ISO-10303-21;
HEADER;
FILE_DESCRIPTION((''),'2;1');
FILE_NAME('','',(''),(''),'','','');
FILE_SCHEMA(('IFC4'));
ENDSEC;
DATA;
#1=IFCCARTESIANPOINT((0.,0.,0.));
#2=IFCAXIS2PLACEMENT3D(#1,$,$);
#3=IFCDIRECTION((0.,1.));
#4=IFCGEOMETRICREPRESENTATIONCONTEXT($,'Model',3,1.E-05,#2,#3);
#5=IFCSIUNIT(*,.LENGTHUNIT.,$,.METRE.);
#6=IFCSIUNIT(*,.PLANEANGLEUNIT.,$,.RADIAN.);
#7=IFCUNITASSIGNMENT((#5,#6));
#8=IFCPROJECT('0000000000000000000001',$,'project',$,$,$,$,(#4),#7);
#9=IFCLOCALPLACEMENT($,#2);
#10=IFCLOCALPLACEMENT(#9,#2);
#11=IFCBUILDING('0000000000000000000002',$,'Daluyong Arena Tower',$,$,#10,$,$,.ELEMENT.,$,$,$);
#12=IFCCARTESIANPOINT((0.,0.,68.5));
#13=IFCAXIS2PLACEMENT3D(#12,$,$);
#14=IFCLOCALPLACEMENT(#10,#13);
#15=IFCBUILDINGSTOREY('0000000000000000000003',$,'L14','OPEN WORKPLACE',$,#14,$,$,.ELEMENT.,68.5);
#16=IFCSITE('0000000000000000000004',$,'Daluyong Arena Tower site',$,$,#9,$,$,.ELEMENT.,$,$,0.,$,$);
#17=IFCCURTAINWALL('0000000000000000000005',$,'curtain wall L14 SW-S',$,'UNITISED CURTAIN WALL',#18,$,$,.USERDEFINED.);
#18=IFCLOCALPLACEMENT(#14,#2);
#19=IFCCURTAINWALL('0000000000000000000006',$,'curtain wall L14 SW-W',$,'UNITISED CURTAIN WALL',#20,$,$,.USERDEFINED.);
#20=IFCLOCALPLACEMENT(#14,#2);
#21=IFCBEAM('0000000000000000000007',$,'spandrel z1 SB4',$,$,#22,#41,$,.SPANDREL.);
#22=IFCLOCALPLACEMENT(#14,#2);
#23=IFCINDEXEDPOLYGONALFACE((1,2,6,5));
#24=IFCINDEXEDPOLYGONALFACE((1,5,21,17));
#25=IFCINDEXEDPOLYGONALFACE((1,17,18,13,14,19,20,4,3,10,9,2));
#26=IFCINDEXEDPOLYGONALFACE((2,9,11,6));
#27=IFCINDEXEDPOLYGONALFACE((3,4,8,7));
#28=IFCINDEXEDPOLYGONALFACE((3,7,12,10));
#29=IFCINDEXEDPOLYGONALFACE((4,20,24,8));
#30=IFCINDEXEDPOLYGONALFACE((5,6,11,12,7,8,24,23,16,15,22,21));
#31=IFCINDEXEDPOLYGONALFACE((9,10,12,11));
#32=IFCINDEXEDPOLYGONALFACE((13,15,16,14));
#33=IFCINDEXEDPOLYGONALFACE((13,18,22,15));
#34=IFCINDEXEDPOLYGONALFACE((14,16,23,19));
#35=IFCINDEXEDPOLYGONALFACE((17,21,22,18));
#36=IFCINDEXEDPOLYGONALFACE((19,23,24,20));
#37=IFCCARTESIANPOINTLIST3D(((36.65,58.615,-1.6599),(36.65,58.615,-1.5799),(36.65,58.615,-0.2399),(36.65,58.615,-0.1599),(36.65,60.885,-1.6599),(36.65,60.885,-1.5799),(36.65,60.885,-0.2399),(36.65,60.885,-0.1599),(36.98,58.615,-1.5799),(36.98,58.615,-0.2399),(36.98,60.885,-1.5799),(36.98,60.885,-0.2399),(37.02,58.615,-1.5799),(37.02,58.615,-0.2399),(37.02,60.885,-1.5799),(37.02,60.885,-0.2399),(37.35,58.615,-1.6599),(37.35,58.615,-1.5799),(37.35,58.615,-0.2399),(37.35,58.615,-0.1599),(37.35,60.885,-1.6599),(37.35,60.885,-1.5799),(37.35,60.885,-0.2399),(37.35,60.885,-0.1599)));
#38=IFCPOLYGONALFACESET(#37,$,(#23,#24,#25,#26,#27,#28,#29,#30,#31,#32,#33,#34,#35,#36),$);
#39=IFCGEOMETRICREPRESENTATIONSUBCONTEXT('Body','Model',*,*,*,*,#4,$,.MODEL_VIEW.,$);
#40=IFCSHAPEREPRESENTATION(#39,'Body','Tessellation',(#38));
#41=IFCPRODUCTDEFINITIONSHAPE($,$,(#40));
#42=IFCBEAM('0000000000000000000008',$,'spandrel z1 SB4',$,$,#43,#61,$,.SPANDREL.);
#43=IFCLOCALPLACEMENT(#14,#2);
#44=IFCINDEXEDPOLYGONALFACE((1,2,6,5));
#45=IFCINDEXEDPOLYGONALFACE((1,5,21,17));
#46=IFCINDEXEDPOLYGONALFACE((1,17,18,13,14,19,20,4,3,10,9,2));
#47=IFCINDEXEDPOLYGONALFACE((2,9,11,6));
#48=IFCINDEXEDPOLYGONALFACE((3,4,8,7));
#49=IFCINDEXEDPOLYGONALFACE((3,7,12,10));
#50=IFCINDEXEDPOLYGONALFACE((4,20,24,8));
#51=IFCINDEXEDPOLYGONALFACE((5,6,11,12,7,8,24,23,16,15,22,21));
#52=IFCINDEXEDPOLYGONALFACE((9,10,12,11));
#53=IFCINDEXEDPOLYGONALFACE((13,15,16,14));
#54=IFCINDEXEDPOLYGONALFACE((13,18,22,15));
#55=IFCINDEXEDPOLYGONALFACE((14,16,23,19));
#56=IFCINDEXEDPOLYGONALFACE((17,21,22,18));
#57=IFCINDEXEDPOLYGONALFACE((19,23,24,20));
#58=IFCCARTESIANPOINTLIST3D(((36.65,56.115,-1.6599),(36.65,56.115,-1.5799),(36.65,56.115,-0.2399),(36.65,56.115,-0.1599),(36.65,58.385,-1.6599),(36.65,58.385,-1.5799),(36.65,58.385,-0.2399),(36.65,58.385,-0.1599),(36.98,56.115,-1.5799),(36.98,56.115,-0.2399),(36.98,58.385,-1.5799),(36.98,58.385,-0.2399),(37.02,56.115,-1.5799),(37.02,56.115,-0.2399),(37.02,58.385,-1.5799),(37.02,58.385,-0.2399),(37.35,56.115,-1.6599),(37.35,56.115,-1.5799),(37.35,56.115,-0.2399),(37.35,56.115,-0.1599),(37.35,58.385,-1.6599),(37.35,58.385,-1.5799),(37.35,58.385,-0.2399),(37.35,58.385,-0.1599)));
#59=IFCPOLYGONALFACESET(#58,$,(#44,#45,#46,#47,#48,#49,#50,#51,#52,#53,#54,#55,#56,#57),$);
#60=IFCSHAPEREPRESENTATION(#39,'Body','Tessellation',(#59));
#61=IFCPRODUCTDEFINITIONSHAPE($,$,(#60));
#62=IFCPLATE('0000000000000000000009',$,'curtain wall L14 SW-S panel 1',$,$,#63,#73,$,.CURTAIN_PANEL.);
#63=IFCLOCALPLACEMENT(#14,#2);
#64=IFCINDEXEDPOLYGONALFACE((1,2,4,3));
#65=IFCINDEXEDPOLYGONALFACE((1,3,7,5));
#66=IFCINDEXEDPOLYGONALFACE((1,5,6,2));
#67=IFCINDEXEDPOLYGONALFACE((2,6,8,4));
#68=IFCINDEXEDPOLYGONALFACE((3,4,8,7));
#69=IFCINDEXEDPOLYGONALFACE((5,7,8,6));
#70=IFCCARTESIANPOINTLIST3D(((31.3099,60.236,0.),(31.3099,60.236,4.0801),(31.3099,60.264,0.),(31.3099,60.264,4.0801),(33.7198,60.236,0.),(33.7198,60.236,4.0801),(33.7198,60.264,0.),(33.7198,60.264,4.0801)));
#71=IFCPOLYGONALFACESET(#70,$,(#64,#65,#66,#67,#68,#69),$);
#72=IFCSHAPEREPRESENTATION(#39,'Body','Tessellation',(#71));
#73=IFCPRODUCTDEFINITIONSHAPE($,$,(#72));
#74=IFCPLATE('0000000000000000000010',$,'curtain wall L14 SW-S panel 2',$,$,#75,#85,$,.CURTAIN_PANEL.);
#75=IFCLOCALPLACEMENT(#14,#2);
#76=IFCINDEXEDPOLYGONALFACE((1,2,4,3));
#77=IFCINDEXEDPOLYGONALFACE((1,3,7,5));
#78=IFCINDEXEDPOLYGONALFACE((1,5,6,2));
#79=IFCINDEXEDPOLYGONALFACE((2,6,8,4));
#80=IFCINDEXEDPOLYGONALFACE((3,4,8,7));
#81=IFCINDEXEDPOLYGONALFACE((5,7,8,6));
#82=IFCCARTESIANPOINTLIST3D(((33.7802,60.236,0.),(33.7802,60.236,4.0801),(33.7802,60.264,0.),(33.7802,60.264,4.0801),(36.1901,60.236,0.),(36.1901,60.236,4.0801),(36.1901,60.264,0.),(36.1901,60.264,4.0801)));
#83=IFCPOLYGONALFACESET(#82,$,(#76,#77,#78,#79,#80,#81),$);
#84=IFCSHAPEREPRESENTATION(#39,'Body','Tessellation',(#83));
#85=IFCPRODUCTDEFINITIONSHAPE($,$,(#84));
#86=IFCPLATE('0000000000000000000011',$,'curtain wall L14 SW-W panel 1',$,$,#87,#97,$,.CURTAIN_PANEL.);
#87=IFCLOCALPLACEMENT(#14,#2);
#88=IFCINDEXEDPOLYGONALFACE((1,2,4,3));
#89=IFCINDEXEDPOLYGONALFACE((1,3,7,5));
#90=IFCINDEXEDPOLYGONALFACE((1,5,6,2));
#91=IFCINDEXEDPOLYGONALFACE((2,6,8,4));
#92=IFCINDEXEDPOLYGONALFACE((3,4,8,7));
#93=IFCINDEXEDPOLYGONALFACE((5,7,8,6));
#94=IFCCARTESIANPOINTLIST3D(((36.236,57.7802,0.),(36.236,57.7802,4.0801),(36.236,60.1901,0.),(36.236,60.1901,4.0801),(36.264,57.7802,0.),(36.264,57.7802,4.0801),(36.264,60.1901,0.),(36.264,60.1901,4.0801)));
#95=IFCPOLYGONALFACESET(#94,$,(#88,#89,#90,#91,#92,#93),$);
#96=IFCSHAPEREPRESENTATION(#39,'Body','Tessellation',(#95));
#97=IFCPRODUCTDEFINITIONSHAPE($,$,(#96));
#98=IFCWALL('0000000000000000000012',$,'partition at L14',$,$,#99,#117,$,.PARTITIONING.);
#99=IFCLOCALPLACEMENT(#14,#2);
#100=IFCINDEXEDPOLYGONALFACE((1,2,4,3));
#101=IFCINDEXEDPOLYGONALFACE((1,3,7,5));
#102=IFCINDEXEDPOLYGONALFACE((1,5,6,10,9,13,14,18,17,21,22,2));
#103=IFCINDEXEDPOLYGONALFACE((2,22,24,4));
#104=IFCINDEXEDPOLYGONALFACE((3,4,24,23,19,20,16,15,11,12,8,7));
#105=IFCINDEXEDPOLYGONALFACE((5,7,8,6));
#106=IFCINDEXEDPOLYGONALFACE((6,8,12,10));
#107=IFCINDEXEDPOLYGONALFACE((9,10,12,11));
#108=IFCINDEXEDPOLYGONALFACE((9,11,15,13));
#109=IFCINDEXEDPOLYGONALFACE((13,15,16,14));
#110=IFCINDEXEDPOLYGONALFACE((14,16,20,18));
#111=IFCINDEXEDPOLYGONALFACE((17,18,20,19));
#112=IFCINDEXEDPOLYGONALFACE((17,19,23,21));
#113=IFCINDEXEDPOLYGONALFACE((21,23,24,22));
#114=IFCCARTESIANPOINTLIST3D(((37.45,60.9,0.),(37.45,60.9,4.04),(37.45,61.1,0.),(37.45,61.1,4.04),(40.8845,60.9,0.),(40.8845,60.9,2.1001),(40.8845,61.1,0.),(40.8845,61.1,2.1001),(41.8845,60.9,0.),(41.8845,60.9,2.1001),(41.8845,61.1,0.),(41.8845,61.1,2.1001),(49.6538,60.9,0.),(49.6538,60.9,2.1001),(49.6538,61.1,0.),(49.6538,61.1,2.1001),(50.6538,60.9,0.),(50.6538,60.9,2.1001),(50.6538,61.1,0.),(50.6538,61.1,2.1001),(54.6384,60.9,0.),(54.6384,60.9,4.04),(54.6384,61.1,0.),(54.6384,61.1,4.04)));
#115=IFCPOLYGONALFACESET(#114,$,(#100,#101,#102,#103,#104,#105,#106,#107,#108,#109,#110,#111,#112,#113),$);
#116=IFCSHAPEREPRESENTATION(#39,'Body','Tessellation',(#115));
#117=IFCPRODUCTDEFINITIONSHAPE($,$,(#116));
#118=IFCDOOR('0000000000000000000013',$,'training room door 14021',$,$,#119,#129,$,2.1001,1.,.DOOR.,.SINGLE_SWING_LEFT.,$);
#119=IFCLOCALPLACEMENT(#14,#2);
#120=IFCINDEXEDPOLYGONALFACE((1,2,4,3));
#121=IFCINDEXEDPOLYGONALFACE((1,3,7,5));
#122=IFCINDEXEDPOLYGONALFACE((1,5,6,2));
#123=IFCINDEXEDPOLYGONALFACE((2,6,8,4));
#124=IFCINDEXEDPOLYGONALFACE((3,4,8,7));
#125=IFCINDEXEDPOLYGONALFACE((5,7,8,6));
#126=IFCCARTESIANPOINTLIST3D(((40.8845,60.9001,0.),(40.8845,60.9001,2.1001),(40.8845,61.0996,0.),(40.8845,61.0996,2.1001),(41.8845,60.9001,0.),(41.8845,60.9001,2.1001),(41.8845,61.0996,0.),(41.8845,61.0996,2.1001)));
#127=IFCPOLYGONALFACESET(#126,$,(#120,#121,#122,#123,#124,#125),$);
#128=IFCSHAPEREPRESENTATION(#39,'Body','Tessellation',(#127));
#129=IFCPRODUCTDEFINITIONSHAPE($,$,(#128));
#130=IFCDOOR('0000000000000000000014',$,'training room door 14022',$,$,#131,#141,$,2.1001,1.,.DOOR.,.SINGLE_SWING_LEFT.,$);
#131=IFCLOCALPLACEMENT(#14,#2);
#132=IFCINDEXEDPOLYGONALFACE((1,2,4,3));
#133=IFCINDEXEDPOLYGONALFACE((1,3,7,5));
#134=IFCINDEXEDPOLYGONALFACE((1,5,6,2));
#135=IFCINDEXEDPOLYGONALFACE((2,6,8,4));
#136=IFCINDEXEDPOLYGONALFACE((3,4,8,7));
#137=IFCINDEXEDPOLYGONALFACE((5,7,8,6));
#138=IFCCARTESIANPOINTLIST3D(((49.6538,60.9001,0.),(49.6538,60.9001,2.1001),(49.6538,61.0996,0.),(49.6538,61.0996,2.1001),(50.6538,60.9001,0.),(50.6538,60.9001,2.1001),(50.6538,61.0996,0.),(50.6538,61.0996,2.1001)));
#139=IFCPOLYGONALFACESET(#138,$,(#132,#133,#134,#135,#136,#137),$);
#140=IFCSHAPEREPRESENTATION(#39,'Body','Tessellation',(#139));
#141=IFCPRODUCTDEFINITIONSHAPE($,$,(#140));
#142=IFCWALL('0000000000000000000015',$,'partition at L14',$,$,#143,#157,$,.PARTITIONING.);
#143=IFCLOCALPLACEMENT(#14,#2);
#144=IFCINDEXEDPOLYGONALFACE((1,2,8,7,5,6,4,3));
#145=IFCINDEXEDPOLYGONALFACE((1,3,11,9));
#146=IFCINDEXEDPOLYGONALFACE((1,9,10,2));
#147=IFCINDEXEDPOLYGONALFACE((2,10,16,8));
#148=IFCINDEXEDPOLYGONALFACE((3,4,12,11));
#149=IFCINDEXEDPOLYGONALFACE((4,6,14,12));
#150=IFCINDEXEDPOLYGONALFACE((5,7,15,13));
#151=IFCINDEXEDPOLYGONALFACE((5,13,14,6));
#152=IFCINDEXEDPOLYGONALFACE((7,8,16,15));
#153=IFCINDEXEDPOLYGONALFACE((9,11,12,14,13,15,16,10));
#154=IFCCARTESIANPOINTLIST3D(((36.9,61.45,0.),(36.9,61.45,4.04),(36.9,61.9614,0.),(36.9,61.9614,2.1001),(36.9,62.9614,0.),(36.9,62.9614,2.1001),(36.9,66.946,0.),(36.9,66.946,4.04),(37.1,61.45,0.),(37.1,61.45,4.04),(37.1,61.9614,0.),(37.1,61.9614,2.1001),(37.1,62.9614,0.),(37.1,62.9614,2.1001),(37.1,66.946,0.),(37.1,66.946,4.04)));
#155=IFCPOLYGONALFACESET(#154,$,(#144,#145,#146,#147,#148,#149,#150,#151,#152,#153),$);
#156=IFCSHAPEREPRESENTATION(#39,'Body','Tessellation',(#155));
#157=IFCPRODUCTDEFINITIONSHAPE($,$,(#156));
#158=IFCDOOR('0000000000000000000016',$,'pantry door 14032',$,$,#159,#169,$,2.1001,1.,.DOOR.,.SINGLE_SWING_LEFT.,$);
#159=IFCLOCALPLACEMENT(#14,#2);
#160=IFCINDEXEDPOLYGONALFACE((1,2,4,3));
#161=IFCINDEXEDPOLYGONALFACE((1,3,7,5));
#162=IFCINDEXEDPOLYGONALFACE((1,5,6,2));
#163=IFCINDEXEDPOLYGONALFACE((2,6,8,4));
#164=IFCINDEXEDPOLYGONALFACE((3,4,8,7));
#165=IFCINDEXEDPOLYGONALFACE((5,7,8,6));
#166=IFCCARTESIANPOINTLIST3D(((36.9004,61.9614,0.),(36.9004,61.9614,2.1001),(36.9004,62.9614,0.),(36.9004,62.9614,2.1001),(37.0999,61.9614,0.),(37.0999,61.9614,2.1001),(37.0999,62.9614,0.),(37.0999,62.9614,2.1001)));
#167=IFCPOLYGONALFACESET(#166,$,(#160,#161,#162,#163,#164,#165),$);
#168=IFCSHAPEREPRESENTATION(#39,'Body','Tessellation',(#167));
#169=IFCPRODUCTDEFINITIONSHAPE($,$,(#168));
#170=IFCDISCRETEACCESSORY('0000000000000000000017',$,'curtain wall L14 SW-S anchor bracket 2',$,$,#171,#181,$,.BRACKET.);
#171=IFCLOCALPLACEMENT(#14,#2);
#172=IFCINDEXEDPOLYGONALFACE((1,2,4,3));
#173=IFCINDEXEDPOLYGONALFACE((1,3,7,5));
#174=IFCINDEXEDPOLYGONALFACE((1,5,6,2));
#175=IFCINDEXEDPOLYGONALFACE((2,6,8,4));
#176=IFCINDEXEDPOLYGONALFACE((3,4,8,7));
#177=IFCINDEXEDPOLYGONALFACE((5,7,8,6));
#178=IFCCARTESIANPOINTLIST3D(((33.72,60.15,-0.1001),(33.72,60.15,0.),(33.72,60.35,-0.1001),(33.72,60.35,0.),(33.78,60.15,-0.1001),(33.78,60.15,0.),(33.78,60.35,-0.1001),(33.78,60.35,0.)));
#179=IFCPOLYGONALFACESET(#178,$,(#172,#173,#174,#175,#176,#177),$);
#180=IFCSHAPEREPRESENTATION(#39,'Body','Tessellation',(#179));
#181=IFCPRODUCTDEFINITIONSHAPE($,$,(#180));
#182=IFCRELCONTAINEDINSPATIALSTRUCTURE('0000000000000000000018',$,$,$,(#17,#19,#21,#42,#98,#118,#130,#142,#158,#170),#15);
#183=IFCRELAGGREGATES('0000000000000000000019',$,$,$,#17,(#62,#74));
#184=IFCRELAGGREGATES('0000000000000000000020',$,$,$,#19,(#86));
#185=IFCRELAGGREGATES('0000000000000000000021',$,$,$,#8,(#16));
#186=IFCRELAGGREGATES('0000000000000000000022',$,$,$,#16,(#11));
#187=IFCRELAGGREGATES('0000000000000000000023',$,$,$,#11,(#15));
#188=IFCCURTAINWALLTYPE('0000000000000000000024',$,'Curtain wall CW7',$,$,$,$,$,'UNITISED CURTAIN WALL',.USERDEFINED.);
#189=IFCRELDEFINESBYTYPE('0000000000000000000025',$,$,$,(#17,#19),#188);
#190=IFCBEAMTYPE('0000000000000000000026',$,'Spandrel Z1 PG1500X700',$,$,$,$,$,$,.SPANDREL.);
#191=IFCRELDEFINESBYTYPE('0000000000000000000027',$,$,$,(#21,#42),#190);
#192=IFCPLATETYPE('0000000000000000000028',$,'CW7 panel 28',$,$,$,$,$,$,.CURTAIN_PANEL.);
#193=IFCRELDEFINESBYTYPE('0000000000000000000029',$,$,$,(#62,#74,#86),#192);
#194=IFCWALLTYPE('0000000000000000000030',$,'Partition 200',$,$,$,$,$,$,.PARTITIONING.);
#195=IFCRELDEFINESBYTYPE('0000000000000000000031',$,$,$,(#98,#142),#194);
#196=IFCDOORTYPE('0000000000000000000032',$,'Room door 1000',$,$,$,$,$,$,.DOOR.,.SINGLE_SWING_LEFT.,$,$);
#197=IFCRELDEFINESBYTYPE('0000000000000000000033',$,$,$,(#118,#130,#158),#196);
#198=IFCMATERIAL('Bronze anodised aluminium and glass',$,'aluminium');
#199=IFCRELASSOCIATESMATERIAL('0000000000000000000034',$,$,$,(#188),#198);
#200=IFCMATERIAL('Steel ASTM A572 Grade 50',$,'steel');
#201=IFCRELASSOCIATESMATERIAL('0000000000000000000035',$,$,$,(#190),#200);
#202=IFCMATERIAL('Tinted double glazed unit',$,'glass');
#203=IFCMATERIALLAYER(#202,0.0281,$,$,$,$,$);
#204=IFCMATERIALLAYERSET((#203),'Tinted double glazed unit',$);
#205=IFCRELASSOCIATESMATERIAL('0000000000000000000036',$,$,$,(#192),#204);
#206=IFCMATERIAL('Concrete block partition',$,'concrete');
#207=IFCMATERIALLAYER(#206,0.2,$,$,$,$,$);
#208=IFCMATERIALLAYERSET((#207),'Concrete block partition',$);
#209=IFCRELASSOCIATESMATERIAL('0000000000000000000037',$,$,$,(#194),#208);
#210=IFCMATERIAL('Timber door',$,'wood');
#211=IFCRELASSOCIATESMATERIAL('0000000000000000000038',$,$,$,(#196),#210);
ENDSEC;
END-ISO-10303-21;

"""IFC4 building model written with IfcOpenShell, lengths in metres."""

from ifc_helpers import new_model, si_unit, direction, frame, frame_2d, origin, origin_2d, place, context, subcontext, project, spatial, rectangle, i_section, extrude, material, layer, layer_set, material_profile, profile_set, type_object, element, fill, aggregate, save


model = new_model("IFC4")

# Units and contexts
model_context = context("Model", 3, precision=1e-05, world=origin(), true_north=direction((0.0, 1.0)))
body_context = subcontext(model_context, "Body", "Model", "MODEL_VIEW")
ifc_project = project(units=[si_unit("LENGTHUNIT", "METRE"), si_unit("PLANEANGLEUNIT", "RADIAN")], contexts=[model_context])

# Site, building, storey
site_placement = place(None, origin())
site = spatial("IfcSite", under=ifc_project, at=site_placement, Name="Daluyong Arena Tower site", CompositionType="ELEMENT", RefElevation=0.0)
building_placement = place(site_placement, origin())
building = spatial("IfcBuilding", under=site, at=building_placement, Name="Daluyong Arena Tower", CompositionType="ELEMENT")
storey_placement = place(building_placement, frame((0.0, 0.0, 68.5)))
storey = spatial("IfcBuildingStorey", under=building, at=storey_placement, Name="L14", Description="OPEN WORKPLACE", CompositionType="ELEMENT", Elevation=68.5)

# Curtain wall
ifc_material_1 = material(Name="Bronze anodised aluminium and glass", Category="aluminium")
curtain_wall_type = type_object("IfcCurtainWallType", Name="Curtain wall CW7", ElementType="UNITISED CURTAIN WALL", PredefinedType="USERDEFINED", material=ifc_material_1)
curtain_wall_1_placement = place(storey_placement, origin())
curtain_wall_1 = element("IfcCurtainWall", 1, at=curtain_wall_1_placement, inside=storey, type_object=curtain_wall_type, Name="curtain wall L14 SW-S", ObjectType="UNITISED CURTAIN WALL", PredefinedType="USERDEFINED")

# Curtain wall
curtain_wall_2_placement = place(storey_placement, origin())
curtain_wall_2 = element("IfcCurtainWall", 2, at=curtain_wall_2_placement, inside=storey, type_object=curtain_wall_type, Name="curtain wall L14 SW-W", ObjectType="UNITISED CURTAIN WALL", PredefinedType="USERDEFINED")

# Beams
ifc_material_2 = material(Name="Steel ASTM A572 Grade 50", Category="steel")
ifc_material_profile_1 = material_profile(ifc_material_2, i_section(OverallWidth=0.7, OverallDepth=1.5, WebThickness=0.04, FlangeThickness=0.08, at=origin_2d()))
ifc_profile_set_1 = profile_set([ifc_material_profile_1], Name="Steel ASTM A572 Grade 50")
beam_type_1 = type_object("IfcBeamType", Name="Spandrel Z1 PG1500X700", PredefinedType="SPANDREL", material=ifc_profile_set_1)
for number, where, z_axis, x_axis, name in (
    (3, (37.0, 60.885, -0.9099), (0.0, -1.0, 0.0), (1.0, 0.0, 0.0), "spandrel z1 SB4"),
    (4, (37.0, 58.385, -0.9099), (0.0, -1.0, 0.0), (1.0, 0.0, 0.0), "spandrel z1 SB4"),
):
    element("IfcBeam", number, at=place(storey_placement, frame(where, z_axis=z_axis, x_axis=x_axis)), inside=storey, type_object=beam_type_1, Name=name, PredefinedType="SPANDREL", context=body_context, shape_type="SweptSolid", body=[
        extrude(i_section(OverallWidth=0.7, OverallDepth=1.5, WebThickness=0.04, FlangeThickness=0.08, at=origin_2d()), origin(), (0.0, 0.0, 1.0), 2.27),
    ])

# Plates
ifc_material_3 = material(Name="Tinted double glazed unit", Category="glass")
ifc_layer_1 = layer(ifc_material_3, 0.0281)
ifc_layer_set_1 = layer_set([ifc_layer_1], Name="Tinted double glazed unit")
plate_type = type_object("IfcPlateType", Name="CW7 panel 28", PredefinedType="CURTAIN_PANEL", material=ifc_layer_set_1)
plate_1_placement = place(storey_placement, frame((32.5149, 60.25, 0.0), z_axis=(0.0, 0.0, 1.0), x_axis=(1.0, 0.0, 0.0)))
plate_1 = element("IfcPlate", 5, at=plate_1_placement, type_object=plate_type, Name="curtain wall L14 SW-S panel 1", PredefinedType="CURTAIN_PANEL", context=body_context, shape_type="SweptSolid", body=[
    extrude(rectangle(XDim=2.4099, YDim=0.0281, at=origin_2d()), origin(), (0.0, 0.0, 1.0), 4.0801),
])
plate_2_placement = place(storey_placement, frame((34.9851, 60.25, 0.0), z_axis=(0.0, 0.0, 1.0), x_axis=(1.0, 0.0, 0.0)))
plate_2 = element("IfcPlate", 6, at=plate_2_placement, type_object=plate_type, Name="curtain wall L14 SW-S panel 2", PredefinedType="CURTAIN_PANEL", context=body_context, shape_type="SweptSolid", body=[
    extrude(rectangle(XDim=2.4099, YDim=0.0281, at=origin_2d()), origin(), (0.0, 0.0, 1.0), 4.0801),
])
aggregate(curtain_wall_1, [plate_1, plate_2])
plate_3_placement = place(storey_placement, frame((36.25, 58.9851, 0.0), z_axis=(0.0, 0.0, 1.0), x_axis=(0.0, -1.0, 0.0)))
plate_3 = element("IfcPlate", 7, at=plate_3_placement, type_object=plate_type, Name="curtain wall L14 SW-W panel 1", PredefinedType="CURTAIN_PANEL", context=body_context, shape_type="SweptSolid", body=[
    extrude(rectangle(XDim=2.4099, YDim=0.0281, at=origin_2d()), origin(), (0.0, 0.0, 1.0), 4.0801),
])
aggregate(curtain_wall_2, [plate_3])

# Wall, openings, doors
ifc_material_4 = material(Name="Concrete block partition", Category="concrete")
ifc_layer_2 = layer(ifc_material_4, 0.2)
ifc_layer_set_2 = layer_set([ifc_layer_2], Name="Concrete block partition")
wall_type = type_object("IfcWallType", Name="Partition 200", PredefinedType="PARTITIONING", material=ifc_layer_set_2)
wall_1_placement = place(storey_placement, frame((37.45, 61.0, 0.0), z_axis=(0.0, 0.0, 1.0), x_axis=(1.0, 0.0, 0.0)))
wall_1 = element("IfcWall", 8, at=wall_1_placement, inside=storey, type_object=wall_type, Name="partition at L14", PredefinedType="PARTITIONING", context=body_context, shape_type="SweptSolid", body=[
    extrude(rectangle(XDim=17.1885, YDim=0.2, at=frame_2d((8.5942, 0.0))), origin(), (0.0, 0.0, 1.0), 4.04),
])
opening_1_placement = place(wall_1_placement, frame((3.4346, 0.0, 0.0)))
opening_1 = element("IfcOpeningElement", 9, at=opening_1_placement, cuts=wall_1, PredefinedType="OPENING", context=body_context, shape_type="SweptSolid", body=[
    extrude(rectangle(XDim=1.0, YDim=2.1001, at=frame_2d((0.5, 1.05))), frame((0.0, 0.1099, 0.0), z_axis=(0.0, -1.0, 0.0), x_axis=(1.0, 0.0, 0.0)), (0.0, 0.0, 1.0), 0.22),
])
opening_2_placement = place(wall_1_placement, frame((12.2039, 0.0, 0.0)))
opening_2 = element("IfcOpeningElement", 10, at=opening_2_placement, cuts=wall_1, PredefinedType="OPENING", context=body_context, shape_type="SweptSolid", body=[
    extrude(rectangle(XDim=1.0, YDim=2.1001, at=frame_2d((0.5, 1.05))), frame((0.0, 0.1099, 0.0), z_axis=(0.0, -1.0, 0.0), x_axis=(1.0, 0.0, 0.0)), (0.0, 0.0, 1.0), 0.22),
])
ifc_material_5 = material(Name="Timber door", Category="wood")
door_type = type_object("IfcDoorType", Name="Room door 1000", OperationType="SINGLE_SWING_LEFT", PredefinedType="DOOR", material=ifc_material_5)
door_1_placement = place(opening_1_placement, origin())
door_1 = element("IfcDoor", 11, at=door_1_placement, inside=storey, type_object=door_type, Name="training room door 14021", OperationType="SINGLE_SWING_LEFT", OverallHeight=2.1001, OverallWidth=1.0, PredefinedType="DOOR", context=body_context, shape_type="SweptSolid", body=[
    extrude(rectangle(XDim=1.0, YDim=2.1001, at=frame_2d((0.5, 1.05))), frame((0.0, 0.0996, 0.0), z_axis=(0.0, -1.0, 0.0), x_axis=(1.0, 0.0, 0.0)), (0.0, 0.0, 1.0), 0.1995),
])
fill(opening_1, door_1)
door_2_placement = place(opening_2_placement, origin())
door_2 = element("IfcDoor", 12, at=door_2_placement, inside=storey, type_object=door_type, Name="training room door 14022", OperationType="SINGLE_SWING_LEFT", OverallHeight=2.1001, OverallWidth=1.0, PredefinedType="DOOR", context=body_context, shape_type="SweptSolid", body=[
    extrude(rectangle(XDim=1.0, YDim=2.1001, at=frame_2d((0.5, 1.05))), frame((0.0, 0.0996, 0.0), z_axis=(0.0, -1.0, 0.0), x_axis=(1.0, 0.0, 0.0)), (0.0, 0.0, 1.0), 0.1995),
])
fill(opening_2, door_2)

# Wall, opening, door
wall_2_placement = place(storey_placement, frame((37.0, 61.45, 0.0), z_axis=(0.0, 0.0, 1.0), x_axis=(0.0, 1.0, 0.0)))
wall_2 = element("IfcWall", 13, at=wall_2_placement, inside=storey, type_object=wall_type, Name="partition at L14", PredefinedType="PARTITIONING", context=body_context, shape_type="SweptSolid", body=[
    extrude(rectangle(XDim=5.4961, YDim=0.2, at=frame_2d((2.748, 0.0))), origin(), (0.0, 0.0, 1.0), 4.04),
])
opening_3_placement = place(wall_2_placement, frame((0.5115, 0.0, 0.0)))
opening_3 = element("IfcOpeningElement", 14, at=opening_3_placement, cuts=wall_2, PredefinedType="OPENING", context=body_context, shape_type="SweptSolid", body=[
    extrude(rectangle(XDim=1.0, YDim=2.1001, at=frame_2d((0.5, 1.05))), frame((0.0, 0.1099, 0.0), z_axis=(0.0, -1.0, 0.0), x_axis=(1.0, 0.0, 0.0)), (0.0, 0.0, 1.0), 0.22),
])
door_3_placement = place(opening_3_placement, origin())
door_3 = element("IfcDoor", 15, at=door_3_placement, inside=storey, type_object=door_type, Name="pantry door 14032", OperationType="SINGLE_SWING_LEFT", OverallHeight=2.1001, OverallWidth=1.0, PredefinedType="DOOR", context=body_context, shape_type="SweptSolid", body=[
    extrude(rectangle(XDim=1.0, YDim=2.1001, at=frame_2d((0.5, 1.05))), frame((0.0, 0.0996, 0.0), z_axis=(0.0, -1.0, 0.0), x_axis=(1.0, 0.0, 0.0)), (0.0, 0.0, 1.0), 0.1995),
])
fill(opening_3, door_3)

# Discrete accessory
discrete_accessory_placement = place(storey_placement, frame((33.75, 60.25, -0.1001), z_axis=(0.0, 0.0, 1.0), x_axis=(1.0, 0.0, 0.0)))
element("IfcDiscreteAccessory", 16, at=discrete_accessory_placement, inside=storey, Name="curtain wall L14 SW-S anchor bracket 2", PredefinedType="BRACKET", context=body_context, shape_type="SweptSolid", body=[
    extrude(rectangle(XDim=0.0601, YDim=0.2, at=origin_2d()), origin(), (0.0, 0.0, 1.0), 0.1001),
])

save(model, "model.ifc")
